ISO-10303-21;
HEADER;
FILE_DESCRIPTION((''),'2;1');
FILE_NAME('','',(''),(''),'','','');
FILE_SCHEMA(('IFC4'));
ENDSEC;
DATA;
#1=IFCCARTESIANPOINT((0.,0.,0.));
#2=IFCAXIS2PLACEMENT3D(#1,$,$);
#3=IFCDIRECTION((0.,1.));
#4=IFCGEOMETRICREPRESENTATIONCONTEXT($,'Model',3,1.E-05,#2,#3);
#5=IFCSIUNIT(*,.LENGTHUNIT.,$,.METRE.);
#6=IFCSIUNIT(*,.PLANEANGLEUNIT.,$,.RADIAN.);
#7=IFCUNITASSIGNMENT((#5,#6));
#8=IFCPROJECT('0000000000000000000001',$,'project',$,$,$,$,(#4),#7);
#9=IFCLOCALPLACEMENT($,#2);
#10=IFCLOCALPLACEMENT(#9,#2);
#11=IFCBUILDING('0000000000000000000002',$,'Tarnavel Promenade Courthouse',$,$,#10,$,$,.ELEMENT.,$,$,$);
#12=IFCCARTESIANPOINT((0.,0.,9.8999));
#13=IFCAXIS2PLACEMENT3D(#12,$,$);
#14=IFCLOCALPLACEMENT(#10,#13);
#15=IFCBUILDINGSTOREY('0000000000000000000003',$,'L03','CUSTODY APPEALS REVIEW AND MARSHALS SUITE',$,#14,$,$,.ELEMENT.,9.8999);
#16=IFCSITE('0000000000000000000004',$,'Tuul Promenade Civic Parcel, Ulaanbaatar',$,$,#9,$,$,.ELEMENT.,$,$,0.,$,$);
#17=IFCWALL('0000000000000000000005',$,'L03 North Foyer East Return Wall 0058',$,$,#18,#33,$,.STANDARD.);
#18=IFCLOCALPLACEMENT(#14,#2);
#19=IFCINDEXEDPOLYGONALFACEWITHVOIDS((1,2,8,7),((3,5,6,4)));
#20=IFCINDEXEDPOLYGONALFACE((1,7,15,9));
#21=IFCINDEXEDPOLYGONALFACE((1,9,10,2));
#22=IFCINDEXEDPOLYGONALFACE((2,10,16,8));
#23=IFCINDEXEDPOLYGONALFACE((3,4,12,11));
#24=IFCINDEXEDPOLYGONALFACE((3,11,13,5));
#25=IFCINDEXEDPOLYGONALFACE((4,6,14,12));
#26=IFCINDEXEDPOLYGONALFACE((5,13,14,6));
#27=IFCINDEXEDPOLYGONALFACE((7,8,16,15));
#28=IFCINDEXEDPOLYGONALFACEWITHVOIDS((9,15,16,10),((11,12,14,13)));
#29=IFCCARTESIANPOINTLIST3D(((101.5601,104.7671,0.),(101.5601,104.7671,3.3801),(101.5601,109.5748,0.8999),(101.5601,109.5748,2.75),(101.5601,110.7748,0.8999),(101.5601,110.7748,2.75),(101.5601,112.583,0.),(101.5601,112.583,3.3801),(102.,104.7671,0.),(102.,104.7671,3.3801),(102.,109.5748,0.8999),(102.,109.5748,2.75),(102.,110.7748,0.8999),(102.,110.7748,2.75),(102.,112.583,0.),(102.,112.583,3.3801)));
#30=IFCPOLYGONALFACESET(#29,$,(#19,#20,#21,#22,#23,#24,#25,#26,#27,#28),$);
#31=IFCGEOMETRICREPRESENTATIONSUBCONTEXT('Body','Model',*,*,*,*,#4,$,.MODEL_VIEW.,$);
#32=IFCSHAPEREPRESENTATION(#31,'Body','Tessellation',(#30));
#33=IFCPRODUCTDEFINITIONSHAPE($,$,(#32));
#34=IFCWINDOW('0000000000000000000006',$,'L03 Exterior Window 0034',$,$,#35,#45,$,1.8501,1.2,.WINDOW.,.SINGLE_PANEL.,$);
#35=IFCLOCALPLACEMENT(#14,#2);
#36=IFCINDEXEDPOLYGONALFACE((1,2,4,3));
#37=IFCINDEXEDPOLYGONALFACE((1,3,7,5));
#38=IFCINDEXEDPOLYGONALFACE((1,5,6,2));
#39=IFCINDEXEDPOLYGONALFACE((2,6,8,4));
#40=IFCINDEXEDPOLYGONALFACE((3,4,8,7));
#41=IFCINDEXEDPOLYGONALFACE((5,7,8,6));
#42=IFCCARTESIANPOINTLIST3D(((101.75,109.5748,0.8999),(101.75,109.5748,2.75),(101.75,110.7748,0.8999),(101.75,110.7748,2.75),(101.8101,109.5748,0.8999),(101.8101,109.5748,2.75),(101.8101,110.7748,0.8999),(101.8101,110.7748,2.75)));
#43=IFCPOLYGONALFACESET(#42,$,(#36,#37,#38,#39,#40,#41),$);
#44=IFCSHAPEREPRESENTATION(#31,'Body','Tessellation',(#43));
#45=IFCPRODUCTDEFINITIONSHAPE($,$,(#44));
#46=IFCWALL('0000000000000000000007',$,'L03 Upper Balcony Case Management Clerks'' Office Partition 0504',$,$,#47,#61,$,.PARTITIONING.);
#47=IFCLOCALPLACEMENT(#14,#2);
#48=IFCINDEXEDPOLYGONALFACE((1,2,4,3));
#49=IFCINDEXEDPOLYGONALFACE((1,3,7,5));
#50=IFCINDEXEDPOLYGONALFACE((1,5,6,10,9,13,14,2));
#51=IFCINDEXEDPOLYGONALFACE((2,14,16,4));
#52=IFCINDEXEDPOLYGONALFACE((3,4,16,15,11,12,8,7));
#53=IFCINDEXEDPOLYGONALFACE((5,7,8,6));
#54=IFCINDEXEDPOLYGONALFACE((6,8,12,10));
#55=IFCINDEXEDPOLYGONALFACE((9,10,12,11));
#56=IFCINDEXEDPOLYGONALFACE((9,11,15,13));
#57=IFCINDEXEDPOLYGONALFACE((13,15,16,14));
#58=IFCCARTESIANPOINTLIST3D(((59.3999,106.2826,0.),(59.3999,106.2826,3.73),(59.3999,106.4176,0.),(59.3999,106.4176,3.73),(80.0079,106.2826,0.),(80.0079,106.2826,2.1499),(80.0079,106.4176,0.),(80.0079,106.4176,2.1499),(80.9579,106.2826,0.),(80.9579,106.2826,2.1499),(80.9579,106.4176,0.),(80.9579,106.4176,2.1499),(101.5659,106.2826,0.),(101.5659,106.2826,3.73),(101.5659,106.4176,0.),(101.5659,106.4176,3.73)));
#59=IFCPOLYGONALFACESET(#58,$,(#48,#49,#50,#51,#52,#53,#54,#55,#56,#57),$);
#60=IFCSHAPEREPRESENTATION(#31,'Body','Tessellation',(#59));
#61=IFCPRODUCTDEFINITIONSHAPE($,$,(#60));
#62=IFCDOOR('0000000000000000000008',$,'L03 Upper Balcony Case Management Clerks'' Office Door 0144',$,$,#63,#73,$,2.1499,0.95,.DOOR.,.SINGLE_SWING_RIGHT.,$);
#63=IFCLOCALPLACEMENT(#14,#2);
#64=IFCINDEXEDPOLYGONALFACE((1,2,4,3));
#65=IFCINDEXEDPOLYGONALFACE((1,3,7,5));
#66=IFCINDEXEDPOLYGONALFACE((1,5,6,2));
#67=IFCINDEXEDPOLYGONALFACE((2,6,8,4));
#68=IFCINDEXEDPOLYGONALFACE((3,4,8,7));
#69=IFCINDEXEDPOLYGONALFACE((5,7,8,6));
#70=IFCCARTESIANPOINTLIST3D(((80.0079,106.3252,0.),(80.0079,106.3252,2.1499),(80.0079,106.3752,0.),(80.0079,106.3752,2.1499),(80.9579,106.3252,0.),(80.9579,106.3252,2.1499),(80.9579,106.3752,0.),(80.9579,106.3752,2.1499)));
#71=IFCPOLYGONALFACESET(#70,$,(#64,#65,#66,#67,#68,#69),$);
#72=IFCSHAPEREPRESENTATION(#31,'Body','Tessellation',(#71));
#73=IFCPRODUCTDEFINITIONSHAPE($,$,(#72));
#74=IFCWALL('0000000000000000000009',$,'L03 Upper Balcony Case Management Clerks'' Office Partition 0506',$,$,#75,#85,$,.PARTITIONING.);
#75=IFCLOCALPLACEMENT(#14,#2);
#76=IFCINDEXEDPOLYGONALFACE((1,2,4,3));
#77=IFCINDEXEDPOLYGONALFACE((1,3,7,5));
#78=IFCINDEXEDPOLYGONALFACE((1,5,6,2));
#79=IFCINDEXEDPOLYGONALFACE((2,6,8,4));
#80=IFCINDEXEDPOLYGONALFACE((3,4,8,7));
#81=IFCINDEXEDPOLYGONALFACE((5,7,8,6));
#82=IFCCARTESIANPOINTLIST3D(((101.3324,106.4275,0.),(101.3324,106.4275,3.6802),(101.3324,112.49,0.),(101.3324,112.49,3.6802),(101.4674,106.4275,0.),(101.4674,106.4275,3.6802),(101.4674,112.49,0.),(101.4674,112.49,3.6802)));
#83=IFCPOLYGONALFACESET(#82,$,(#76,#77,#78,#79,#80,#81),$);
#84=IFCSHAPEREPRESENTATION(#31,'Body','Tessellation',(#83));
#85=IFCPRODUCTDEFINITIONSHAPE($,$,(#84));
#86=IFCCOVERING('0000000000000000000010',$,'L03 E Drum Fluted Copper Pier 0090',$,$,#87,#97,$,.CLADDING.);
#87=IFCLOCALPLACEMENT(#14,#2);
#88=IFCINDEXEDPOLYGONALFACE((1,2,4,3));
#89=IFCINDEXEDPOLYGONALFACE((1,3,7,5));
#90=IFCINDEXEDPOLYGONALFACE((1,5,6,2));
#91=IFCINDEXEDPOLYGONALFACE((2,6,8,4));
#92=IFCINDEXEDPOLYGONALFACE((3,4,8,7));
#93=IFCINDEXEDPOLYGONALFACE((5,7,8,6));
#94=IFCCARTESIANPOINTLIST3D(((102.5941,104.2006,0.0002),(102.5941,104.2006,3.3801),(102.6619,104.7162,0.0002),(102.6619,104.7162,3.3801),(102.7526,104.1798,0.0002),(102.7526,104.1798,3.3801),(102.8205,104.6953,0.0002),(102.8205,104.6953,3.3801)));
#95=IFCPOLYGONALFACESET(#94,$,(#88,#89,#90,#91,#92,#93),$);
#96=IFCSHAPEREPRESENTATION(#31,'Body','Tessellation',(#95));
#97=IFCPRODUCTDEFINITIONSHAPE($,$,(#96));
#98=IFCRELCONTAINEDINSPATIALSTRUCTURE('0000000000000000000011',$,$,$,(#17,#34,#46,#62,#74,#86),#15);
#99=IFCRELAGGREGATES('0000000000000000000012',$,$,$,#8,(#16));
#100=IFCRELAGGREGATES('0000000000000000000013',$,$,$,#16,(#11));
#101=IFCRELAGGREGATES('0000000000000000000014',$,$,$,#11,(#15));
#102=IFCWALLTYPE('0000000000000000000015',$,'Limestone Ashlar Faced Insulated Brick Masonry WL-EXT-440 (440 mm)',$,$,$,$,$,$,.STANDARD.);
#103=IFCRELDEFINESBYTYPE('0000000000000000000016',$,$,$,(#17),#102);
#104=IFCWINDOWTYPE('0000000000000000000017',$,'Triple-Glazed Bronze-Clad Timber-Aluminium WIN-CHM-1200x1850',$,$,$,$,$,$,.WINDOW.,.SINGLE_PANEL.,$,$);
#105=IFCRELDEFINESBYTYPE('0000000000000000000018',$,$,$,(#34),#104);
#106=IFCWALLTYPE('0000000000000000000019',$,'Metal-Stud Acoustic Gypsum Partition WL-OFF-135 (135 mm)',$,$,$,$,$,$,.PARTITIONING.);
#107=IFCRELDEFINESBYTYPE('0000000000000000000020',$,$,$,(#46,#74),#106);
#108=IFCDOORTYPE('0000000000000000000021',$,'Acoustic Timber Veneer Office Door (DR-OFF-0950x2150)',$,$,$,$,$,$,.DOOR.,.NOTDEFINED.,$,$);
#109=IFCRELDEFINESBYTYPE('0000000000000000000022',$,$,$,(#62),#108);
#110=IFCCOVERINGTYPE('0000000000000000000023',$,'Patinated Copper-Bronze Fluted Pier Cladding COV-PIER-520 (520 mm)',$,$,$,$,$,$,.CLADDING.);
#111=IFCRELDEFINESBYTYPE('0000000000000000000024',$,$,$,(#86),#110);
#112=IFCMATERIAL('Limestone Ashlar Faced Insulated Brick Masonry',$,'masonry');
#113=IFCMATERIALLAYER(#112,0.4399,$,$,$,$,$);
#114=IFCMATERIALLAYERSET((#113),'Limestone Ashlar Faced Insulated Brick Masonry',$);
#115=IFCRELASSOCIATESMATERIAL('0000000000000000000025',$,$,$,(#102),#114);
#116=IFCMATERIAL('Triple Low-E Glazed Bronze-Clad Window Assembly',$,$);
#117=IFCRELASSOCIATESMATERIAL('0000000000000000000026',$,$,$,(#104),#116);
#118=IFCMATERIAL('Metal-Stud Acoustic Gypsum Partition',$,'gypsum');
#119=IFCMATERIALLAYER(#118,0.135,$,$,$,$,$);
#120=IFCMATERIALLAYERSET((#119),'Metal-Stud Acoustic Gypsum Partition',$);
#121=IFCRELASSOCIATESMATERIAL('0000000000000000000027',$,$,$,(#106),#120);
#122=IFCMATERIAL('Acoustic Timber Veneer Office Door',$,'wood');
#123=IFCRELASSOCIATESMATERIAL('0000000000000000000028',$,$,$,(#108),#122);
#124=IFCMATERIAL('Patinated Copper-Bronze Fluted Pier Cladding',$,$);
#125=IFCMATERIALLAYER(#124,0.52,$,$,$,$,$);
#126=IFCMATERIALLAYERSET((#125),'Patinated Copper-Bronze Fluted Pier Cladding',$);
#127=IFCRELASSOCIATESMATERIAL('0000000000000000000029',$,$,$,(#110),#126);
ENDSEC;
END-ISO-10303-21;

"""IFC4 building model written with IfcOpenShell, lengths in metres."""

from ifc_helpers import new_model, si_unit, direction, frame, frame_2d, origin, origin_2d, place, context, subcontext, project, spatial, rectangle, extrude, material, layer, layer_set, type_object, element, fill, save


model = new_model("IFC4")

# Units and contexts
model_context = context("Model", 3, precision=1e-05, world=origin(), true_north=direction((0.0, 1.0)))
body_context = subcontext(model_context, "Body", "Model", "MODEL_VIEW")
ifc_project = project(units=[si_unit("LENGTHUNIT", "METRE"), si_unit("PLANEANGLEUNIT", "RADIAN")], contexts=[model_context])

# Site, building, storey
site_placement = place(None, origin())
site = spatial("IfcSite", under=ifc_project, at=site_placement, Name="Tuul Promenade Civic Parcel, Ulaanbaatar", CompositionType="ELEMENT", RefElevation=0.0)
building_placement = place(site_placement, origin())
building = spatial("IfcBuilding", under=site, at=building_placement, Name="Tarnavel Promenade Courthouse", CompositionType="ELEMENT")
storey_placement = place(building_placement, frame((0.0, 0.0, 9.8999)))
storey = spatial("IfcBuildingStorey", under=building, at=storey_placement, Name="L03", Description="CUSTODY APPEALS REVIEW AND MARSHALS SUITE", CompositionType="ELEMENT", Elevation=9.8999)

# Wall, opening, window
ifc_material_1 = material(Name="Limestone Ashlar Faced Insulated Brick Masonry", Category="masonry")
ifc_layer_1 = layer(ifc_material_1, 0.4399)
ifc_layer_set_1 = layer_set([ifc_layer_1], Name="Limestone Ashlar Faced Insulated Brick Masonry")
wall_type_1 = type_object("IfcWallType", Name="Limestone Ashlar Faced Insulated Brick Masonry WL-EXT-440 (440 mm)", PredefinedType="STANDARD", material=ifc_layer_set_1)
wall_1_placement = place(storey_placement, frame((101.78, 112.583, 0.0), z_axis=(0.0, 0.0, 1.0), x_axis=(0.0, -1.0, 0.0)))
wall_1 = element("IfcWall", 1, at=wall_1_placement, inside=storey, type_object=wall_type_1, Name="L03 North Foyer East Return Wall 0058", PredefinedType="STANDARD", context=body_context, shape_type="SweptSolid", body=[
    extrude(rectangle(XDim=7.8159, YDim=0.4399, at=frame_2d((3.908, 0.0))), origin(), (0.0, 0.0, 1.0), 3.3801),
])
opening_1_placement = place(wall_1_placement, frame((1.8081, 0.0, 0.8999)))
opening_1 = element("IfcOpeningElement", 2, at=opening_1_placement, cuts=wall_1, PredefinedType="OPENING", context=body_context, shape_type="SweptSolid", body=[
    extrude(rectangle(XDim=1.2, YDim=1.8501, at=frame_2d((0.6001, 0.925))), frame((0.0, 0.23, 0.0), z_axis=(0.0, -1.0, 0.0), x_axis=(1.0, 0.0, 0.0)), (0.0, 0.0, 1.0), 0.46),
])
ifc_material_2 = material(Name="Triple Low-E Glazed Bronze-Clad Window Assembly")
window_type = type_object("IfcWindowType", Name="Triple-Glazed Bronze-Clad Timber-Aluminium WIN-CHM-1200x1850", PartitioningType="SINGLE_PANEL", PredefinedType="WINDOW", material=ifc_material_2)
window_placement = place(opening_1_placement, origin())
window = element("IfcWindow", 3, at=window_placement, inside=storey, type_object=window_type, Name="L03 Exterior Window 0034", OverallHeight=1.8501, OverallWidth=1.2, PartitioningType="SINGLE_PANEL", PredefinedType="WINDOW", context=body_context, shape_type="SweptSolid", body=[
    extrude(rectangle(XDim=1.2, YDim=1.8501, at=frame_2d((0.6001, 0.925))), frame((0.0, 0.03, 0.0), z_axis=(0.0, -1.0, 0.0), x_axis=(1.0, 0.0, 0.0)), (0.0, 0.0, 1.0), 0.0601),
])
fill(opening_1, window)

# Wall, opening, door
ifc_material_3 = material(Name="Metal-Stud Acoustic Gypsum Partition", Category="gypsum")
ifc_layer_2 = layer(ifc_material_3, 0.135)
ifc_layer_set_2 = layer_set([ifc_layer_2], Name="Metal-Stud Acoustic Gypsum Partition")
wall_type_2 = type_object("IfcWallType", Name="Metal-Stud Acoustic Gypsum Partition WL-OFF-135 (135 mm)", PredefinedType="PARTITIONING", material=ifc_layer_set_2)
wall_2_placement = place(storey_placement, frame((101.5659, 106.3501, 0.0), z_axis=(0.0, 0.0, 1.0), x_axis=(-1.0, 0.0, 0.0)))
wall_2 = element("IfcWall", 4, at=wall_2_placement, inside=storey, type_object=wall_type_2, Name="L03 Upper Balcony Case Management Clerks' Office Partition 0504", PredefinedType="PARTITIONING", context=body_context, shape_type="SweptSolid", body=[
    extrude(rectangle(XDim=42.166, YDim=0.135, at=frame_2d((21.083, 0.0))), origin(), (0.0, 0.0, 1.0), 3.73),
])
opening_2_placement = place(wall_2_placement, frame((20.6079, 0.0, 0.0)))
opening_2 = element("IfcOpeningElement", 5, at=opening_2_placement, cuts=wall_2, PredefinedType="OPENING", context=body_context, shape_type="SweptSolid", body=[
    extrude(rectangle(XDim=0.95, YDim=2.1499, at=frame_2d((0.4751, 1.075))), frame((0.0, 0.0774, 0.0), z_axis=(0.0, -1.0, 0.0), x_axis=(1.0, 0.0, 0.0)), (0.0, 0.0, 1.0), 0.155),
])
ifc_material_4 = material(Name="Acoustic Timber Veneer Office Door", Category="wood")
door_type = type_object("IfcDoorType", Name="Acoustic Timber Veneer Office Door (DR-OFF-0950x2150)", OperationType="NOTDEFINED", PredefinedType="DOOR", material=ifc_material_4)
door_placement = place(opening_2_placement, origin())
door = element("IfcDoor", 6, at=door_placement, inside=storey, type_object=door_type, Name="L03 Upper Balcony Case Management Clerks' Office Door 0144", OperationType="SINGLE_SWING_RIGHT", OverallHeight=2.1499, OverallWidth=0.95, PredefinedType="DOOR", context=body_context, shape_type="SweptSolid", body=[
    extrude(rectangle(XDim=0.95, YDim=2.1499, at=frame_2d((0.4751, 1.075))), frame((0.0, 0.0249, 0.0), z_axis=(0.0, -1.0, 0.0), x_axis=(1.0, 0.0, 0.0)), (0.0, 0.0, 1.0), 0.05),
])
fill(opening_2, door)

# Wall
wall_3_placement = place(storey_placement, frame((101.3999, 112.49, 0.0), z_axis=(0.0, 0.0, 1.0), x_axis=(0.0, -1.0, 0.0)))
element("IfcWall", 7, at=wall_3_placement, inside=storey, type_object=wall_type_2, Name="L03 Upper Balcony Case Management Clerks' Office Partition 0506", PredefinedType="PARTITIONING", context=body_context, shape_type="SweptSolid", body=[
    extrude(rectangle(XDim=6.0625, YDim=0.135, at=frame_2d((3.0312, 0.0))), origin(), (0.0, 0.0, 1.0), 3.6802),
])

# Covering
ifc_material_5 = material(Name="Patinated Copper-Bronze Fluted Pier Cladding")
ifc_layer_3 = layer(ifc_material_5, 0.52)
ifc_layer_set_3 = layer_set([ifc_layer_3], Name="Patinated Copper-Bronze Fluted Pier Cladding")
covering_type = type_object("IfcCoveringType", Name="Patinated Copper-Bronze Fluted Pier Cladding COV-PIER-520 (520 mm)", PredefinedType="CLADDING", material=ifc_layer_set_3)
covering_placement = place(storey_placement, frame((102.7073, 104.448, 0.0002), z_axis=(0.0, 0.0, 1.0), x_axis=(-0.991445, 0.130526, 0.0)))
element("IfcCovering", 8, at=covering_placement, inside=storey, type_object=covering_type, Name="L03 E Drum Fluted Copper Pier 0090", PredefinedType="CLADDING", context=body_context, shape_type="SweptSolid", body=[
    extrude(rectangle(XDim=0.1599, YDim=0.52, at=origin_2d()), origin(), (0.0, 0.0, 1.0), 3.3799),
])

save(model, "model.ifc")
